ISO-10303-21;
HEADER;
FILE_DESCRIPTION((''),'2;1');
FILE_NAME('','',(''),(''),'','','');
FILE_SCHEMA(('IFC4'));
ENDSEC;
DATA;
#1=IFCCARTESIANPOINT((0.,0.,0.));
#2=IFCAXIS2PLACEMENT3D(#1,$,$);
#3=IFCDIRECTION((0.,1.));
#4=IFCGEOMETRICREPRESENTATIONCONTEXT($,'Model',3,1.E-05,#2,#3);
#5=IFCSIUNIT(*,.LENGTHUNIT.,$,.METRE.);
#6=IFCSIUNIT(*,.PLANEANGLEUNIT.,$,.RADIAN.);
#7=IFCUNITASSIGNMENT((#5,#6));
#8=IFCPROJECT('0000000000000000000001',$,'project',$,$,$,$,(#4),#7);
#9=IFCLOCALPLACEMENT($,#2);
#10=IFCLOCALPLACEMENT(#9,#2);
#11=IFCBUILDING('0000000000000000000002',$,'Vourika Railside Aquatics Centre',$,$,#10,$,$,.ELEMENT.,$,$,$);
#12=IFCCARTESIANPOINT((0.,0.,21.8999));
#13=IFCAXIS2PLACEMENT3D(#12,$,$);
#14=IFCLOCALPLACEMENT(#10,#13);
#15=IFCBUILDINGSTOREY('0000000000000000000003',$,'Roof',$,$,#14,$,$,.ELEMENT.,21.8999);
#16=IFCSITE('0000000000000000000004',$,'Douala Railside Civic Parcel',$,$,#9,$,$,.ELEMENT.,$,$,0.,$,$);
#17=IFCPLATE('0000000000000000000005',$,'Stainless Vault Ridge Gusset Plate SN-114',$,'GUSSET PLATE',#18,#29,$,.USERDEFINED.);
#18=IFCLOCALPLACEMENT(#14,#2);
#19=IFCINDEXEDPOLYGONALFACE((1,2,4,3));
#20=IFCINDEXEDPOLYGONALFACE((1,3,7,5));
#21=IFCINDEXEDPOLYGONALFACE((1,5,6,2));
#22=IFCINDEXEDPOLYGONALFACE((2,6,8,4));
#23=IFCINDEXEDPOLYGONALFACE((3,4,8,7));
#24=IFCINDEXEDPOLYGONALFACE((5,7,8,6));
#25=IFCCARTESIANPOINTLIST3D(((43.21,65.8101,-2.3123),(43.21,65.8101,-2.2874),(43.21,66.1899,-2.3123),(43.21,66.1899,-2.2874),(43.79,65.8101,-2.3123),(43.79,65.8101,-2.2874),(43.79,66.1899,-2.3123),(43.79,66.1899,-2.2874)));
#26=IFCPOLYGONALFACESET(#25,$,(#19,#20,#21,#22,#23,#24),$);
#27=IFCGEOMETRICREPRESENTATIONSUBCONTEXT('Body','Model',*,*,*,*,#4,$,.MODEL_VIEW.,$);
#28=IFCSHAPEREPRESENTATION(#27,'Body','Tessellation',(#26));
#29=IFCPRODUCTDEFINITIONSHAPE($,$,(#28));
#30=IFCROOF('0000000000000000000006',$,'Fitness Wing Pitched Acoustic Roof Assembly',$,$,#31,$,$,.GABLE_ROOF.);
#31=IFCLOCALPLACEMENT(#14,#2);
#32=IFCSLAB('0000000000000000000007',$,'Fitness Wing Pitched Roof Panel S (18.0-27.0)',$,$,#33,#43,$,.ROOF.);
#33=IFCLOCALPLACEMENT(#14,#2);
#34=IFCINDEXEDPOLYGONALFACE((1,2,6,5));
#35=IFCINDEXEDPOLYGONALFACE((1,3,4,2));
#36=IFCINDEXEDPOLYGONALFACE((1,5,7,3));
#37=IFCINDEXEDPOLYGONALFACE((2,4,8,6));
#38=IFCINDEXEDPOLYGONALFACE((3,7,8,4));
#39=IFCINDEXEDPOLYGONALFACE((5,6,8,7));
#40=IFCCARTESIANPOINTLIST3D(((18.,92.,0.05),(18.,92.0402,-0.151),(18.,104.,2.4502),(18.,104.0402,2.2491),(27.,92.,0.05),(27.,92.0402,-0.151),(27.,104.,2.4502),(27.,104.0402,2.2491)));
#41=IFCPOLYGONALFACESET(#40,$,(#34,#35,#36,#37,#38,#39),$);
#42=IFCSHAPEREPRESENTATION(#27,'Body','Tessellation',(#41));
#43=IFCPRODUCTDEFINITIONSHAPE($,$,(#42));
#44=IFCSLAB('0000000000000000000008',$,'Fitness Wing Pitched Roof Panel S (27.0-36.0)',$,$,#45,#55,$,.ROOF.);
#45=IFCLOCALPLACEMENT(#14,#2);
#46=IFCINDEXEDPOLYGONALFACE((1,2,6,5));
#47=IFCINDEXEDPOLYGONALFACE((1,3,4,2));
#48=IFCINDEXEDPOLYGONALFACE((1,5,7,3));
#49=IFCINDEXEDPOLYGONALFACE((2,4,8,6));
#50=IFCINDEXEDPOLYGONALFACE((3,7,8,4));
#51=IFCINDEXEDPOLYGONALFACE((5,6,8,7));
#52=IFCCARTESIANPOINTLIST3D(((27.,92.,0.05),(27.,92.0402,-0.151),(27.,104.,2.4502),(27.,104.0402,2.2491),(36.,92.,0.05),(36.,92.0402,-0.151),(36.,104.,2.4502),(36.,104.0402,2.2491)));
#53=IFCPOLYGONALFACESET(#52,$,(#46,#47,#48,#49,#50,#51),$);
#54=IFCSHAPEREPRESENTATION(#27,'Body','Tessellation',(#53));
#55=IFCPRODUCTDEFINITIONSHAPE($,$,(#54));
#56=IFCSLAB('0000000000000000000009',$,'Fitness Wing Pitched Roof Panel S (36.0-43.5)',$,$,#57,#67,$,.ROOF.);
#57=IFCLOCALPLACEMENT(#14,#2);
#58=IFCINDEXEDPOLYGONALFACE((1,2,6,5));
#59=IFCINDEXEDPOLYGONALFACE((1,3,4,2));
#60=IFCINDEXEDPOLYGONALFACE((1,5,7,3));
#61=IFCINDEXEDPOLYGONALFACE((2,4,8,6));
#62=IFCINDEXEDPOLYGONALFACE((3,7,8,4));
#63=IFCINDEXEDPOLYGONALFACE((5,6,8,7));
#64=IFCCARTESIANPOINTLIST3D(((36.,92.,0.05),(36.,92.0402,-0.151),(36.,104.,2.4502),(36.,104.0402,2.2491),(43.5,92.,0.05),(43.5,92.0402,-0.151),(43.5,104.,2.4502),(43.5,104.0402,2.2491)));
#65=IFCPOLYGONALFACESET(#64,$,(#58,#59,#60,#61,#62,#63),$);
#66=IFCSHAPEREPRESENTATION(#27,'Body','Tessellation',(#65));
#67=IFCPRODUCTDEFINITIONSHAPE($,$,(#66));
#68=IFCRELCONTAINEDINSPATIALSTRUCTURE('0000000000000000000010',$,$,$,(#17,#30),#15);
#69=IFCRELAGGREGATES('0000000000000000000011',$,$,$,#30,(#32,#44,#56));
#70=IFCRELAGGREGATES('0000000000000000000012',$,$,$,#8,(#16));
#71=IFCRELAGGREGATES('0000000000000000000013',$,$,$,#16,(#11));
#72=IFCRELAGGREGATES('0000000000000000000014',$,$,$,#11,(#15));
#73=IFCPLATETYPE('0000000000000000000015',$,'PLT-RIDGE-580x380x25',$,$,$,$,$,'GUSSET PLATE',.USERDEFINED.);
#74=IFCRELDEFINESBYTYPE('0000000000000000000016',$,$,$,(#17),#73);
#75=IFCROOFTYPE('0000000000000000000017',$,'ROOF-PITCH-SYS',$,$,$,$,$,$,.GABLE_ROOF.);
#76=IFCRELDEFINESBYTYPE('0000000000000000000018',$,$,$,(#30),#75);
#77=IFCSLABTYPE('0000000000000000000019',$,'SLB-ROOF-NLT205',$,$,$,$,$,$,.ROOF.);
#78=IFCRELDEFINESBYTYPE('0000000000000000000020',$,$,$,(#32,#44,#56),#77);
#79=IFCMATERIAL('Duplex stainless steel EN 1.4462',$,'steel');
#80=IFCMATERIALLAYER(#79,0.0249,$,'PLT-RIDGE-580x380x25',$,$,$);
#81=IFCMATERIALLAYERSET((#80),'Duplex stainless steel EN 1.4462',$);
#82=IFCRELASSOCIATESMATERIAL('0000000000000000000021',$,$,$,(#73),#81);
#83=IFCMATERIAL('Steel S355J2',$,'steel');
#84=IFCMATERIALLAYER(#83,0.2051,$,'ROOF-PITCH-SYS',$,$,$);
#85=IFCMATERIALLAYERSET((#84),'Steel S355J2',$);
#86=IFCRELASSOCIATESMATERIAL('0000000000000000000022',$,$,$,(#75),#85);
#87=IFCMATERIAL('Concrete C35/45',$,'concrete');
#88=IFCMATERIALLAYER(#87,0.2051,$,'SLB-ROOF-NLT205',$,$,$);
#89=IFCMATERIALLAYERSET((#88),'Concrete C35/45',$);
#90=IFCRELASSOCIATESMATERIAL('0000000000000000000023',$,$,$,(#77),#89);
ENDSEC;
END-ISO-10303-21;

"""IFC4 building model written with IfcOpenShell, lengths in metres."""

from ifc_helpers import new_model, si_unit, direction, frame, origin, origin_2d, place, context, subcontext, project, spatial, polyline, rectangle, outline, extrude, material, layer, layer_set, type_object, element, aggregate, save


model = new_model("IFC4")

# Units and contexts
model_context = context("Model", 3, precision=1e-05, world=origin(), true_north=direction((0.0, 1.0)))
body_context = subcontext(model_context, "Body", "Model", "MODEL_VIEW")
ifc_project = project(units=[si_unit("LENGTHUNIT", "METRE"), si_unit("PLANEANGLEUNIT", "RADIAN")], contexts=[model_context])

# Site, building, storey
site_placement = place(None, origin())
site = spatial("IfcSite", under=ifc_project, at=site_placement, Name="Douala Railside Civic Parcel", CompositionType="ELEMENT", RefElevation=0.0)
building_placement = place(site_placement, origin())
building = spatial("IfcBuilding", under=site, at=building_placement, Name="Vourika Railside Aquatics Centre", CompositionType="ELEMENT")
storey_placement = place(building_placement, frame((0.0, 0.0, 21.8999)))
storey = spatial("IfcBuildingStorey", under=building, at=storey_placement, Name="Roof", CompositionType="ELEMENT", Elevation=21.8999)

# Shared definitions
ifc_material_1 = material(Name="Steel S355J2", Category="steel")

# Shared definitions
ifc_material_2 = material(Name="Duplex stainless steel EN 1.4462", Category="steel")

# Plate
ifc_layer_1 = layer(ifc_material_2, 0.0249, Name="PLT-RIDGE-580x380x25")
ifc_layer_set_1 = layer_set([ifc_layer_1], Name="Duplex stainless steel EN 1.4462")
plate_type_1 = type_object("IfcPlateType", Name="PLT-RIDGE-580x380x25", ElementType="GUSSET PLATE", PredefinedType="USERDEFINED", material=ifc_layer_set_1)
plate_placement = place(storey_placement, frame((43.5, 66.0, -2.3123), z_axis=(0.0, 0.0, 1.0), x_axis=(1.0, 0.0, 0.0)))
element("IfcPlate", 1, at=plate_placement, inside=storey, type_object=plate_type_1, Name="Stainless Vault Ridge Gusset Plate SN-114", ObjectType="GUSSET PLATE", PredefinedType="USERDEFINED", context=body_context, shape_type="SweptSolid", body=[
    extrude(rectangle(XDim=0.5801, YDim=0.3799, at=origin_2d()), origin(), (0.0, 0.0, 1.0), 0.0249),
])

# Roof, slabs
ifc_layer_2 = layer(ifc_material_1, 0.2051, Name="ROOF-PITCH-SYS")
ifc_layer_set_2 = layer_set([ifc_layer_2], Name="Steel S355J2")
roof_type = type_object("IfcRoofType", Name="ROOF-PITCH-SYS", PredefinedType="GABLE_ROOF", material=ifc_layer_set_2)
roof_placement = place(storey_placement, origin())
roof = element("IfcRoof", 2, at=roof_placement, inside=storey, type_object=roof_type, Name="Fitness Wing Pitched Acoustic Roof Assembly", PredefinedType="GABLE_ROOF")
ifc_material_3 = material(Name="Concrete C35/45", Category="concrete")
ifc_layer_3 = layer(ifc_material_3, 0.2051, Name="SLB-ROOF-NLT205")
ifc_layer_set_3 = layer_set([ifc_layer_3], Name="Concrete C35/45")
slab_type = type_object("IfcSlabType", Name="SLB-ROOF-NLT205", PredefinedType="ROOF", material=ifc_layer_set_3)
slab_1_placement = place(storey_placement, frame((18.0, 92.0, 0.05), z_axis=(0.0, -0.196128, 0.980578), x_axis=(1.0, 0.0, 0.0)))
slab_1 = element("IfcSlab", 3, at=slab_1_placement, type_object=slab_type, Name="Fitness Wing Pitched Roof Panel S (18.0-27.0)", PredefinedType="ROOF", context=body_context, shape_type="SweptSolid", body=[
    extrude(outline(polyline([(0.0, 0.0), (9.0, 0.0), (9.0, 12.2377), (0.0, 12.2377), (0.0, 0.0)])), origin(), (0.0, 0.0, -1.0), 0.2051),
])
slab_2_placement = place(storey_placement, frame((27.0, 92.0, 0.05), z_axis=(0.0, -0.196128, 0.980578), x_axis=(1.0, 0.0, 0.0)))
slab_2 = element("IfcSlab", 4, at=slab_2_placement, type_object=slab_type, Name="Fitness Wing Pitched Roof Panel S (27.0-36.0)", PredefinedType="ROOF", context=body_context, shape_type="SweptSolid", body=[
    extrude(outline(polyline([(0.0, 0.0), (9.0, 0.0), (9.0, 12.2377), (0.0, 12.2377), (0.0, 0.0)])), origin(), (0.0, 0.0, -1.0), 0.2051),
])
slab_3_placement = place(storey_placement, frame((36.0, 92.0, 0.05), z_axis=(0.0, -0.196128, 0.980578), x_axis=(1.0, 0.0, 0.0)))
slab_3 = element("IfcSlab", 5, at=slab_3_placement, type_object=slab_type, Name="Fitness Wing Pitched Roof Panel S (36.0-43.5)", PredefinedType="ROOF", context=body_context, shape_type="SweptSolid", body=[
    extrude(outline(polyline([(0.0, 0.0), (7.5, 0.0), (7.5, 12.2377), (0.0, 12.2377), (0.0, 0.0)])), origin(), (0.0, 0.0, -1.0), 0.2051),
])
aggregate(roof, [slab_1, slab_2, slab_3])

save(model, "model.ifc")
